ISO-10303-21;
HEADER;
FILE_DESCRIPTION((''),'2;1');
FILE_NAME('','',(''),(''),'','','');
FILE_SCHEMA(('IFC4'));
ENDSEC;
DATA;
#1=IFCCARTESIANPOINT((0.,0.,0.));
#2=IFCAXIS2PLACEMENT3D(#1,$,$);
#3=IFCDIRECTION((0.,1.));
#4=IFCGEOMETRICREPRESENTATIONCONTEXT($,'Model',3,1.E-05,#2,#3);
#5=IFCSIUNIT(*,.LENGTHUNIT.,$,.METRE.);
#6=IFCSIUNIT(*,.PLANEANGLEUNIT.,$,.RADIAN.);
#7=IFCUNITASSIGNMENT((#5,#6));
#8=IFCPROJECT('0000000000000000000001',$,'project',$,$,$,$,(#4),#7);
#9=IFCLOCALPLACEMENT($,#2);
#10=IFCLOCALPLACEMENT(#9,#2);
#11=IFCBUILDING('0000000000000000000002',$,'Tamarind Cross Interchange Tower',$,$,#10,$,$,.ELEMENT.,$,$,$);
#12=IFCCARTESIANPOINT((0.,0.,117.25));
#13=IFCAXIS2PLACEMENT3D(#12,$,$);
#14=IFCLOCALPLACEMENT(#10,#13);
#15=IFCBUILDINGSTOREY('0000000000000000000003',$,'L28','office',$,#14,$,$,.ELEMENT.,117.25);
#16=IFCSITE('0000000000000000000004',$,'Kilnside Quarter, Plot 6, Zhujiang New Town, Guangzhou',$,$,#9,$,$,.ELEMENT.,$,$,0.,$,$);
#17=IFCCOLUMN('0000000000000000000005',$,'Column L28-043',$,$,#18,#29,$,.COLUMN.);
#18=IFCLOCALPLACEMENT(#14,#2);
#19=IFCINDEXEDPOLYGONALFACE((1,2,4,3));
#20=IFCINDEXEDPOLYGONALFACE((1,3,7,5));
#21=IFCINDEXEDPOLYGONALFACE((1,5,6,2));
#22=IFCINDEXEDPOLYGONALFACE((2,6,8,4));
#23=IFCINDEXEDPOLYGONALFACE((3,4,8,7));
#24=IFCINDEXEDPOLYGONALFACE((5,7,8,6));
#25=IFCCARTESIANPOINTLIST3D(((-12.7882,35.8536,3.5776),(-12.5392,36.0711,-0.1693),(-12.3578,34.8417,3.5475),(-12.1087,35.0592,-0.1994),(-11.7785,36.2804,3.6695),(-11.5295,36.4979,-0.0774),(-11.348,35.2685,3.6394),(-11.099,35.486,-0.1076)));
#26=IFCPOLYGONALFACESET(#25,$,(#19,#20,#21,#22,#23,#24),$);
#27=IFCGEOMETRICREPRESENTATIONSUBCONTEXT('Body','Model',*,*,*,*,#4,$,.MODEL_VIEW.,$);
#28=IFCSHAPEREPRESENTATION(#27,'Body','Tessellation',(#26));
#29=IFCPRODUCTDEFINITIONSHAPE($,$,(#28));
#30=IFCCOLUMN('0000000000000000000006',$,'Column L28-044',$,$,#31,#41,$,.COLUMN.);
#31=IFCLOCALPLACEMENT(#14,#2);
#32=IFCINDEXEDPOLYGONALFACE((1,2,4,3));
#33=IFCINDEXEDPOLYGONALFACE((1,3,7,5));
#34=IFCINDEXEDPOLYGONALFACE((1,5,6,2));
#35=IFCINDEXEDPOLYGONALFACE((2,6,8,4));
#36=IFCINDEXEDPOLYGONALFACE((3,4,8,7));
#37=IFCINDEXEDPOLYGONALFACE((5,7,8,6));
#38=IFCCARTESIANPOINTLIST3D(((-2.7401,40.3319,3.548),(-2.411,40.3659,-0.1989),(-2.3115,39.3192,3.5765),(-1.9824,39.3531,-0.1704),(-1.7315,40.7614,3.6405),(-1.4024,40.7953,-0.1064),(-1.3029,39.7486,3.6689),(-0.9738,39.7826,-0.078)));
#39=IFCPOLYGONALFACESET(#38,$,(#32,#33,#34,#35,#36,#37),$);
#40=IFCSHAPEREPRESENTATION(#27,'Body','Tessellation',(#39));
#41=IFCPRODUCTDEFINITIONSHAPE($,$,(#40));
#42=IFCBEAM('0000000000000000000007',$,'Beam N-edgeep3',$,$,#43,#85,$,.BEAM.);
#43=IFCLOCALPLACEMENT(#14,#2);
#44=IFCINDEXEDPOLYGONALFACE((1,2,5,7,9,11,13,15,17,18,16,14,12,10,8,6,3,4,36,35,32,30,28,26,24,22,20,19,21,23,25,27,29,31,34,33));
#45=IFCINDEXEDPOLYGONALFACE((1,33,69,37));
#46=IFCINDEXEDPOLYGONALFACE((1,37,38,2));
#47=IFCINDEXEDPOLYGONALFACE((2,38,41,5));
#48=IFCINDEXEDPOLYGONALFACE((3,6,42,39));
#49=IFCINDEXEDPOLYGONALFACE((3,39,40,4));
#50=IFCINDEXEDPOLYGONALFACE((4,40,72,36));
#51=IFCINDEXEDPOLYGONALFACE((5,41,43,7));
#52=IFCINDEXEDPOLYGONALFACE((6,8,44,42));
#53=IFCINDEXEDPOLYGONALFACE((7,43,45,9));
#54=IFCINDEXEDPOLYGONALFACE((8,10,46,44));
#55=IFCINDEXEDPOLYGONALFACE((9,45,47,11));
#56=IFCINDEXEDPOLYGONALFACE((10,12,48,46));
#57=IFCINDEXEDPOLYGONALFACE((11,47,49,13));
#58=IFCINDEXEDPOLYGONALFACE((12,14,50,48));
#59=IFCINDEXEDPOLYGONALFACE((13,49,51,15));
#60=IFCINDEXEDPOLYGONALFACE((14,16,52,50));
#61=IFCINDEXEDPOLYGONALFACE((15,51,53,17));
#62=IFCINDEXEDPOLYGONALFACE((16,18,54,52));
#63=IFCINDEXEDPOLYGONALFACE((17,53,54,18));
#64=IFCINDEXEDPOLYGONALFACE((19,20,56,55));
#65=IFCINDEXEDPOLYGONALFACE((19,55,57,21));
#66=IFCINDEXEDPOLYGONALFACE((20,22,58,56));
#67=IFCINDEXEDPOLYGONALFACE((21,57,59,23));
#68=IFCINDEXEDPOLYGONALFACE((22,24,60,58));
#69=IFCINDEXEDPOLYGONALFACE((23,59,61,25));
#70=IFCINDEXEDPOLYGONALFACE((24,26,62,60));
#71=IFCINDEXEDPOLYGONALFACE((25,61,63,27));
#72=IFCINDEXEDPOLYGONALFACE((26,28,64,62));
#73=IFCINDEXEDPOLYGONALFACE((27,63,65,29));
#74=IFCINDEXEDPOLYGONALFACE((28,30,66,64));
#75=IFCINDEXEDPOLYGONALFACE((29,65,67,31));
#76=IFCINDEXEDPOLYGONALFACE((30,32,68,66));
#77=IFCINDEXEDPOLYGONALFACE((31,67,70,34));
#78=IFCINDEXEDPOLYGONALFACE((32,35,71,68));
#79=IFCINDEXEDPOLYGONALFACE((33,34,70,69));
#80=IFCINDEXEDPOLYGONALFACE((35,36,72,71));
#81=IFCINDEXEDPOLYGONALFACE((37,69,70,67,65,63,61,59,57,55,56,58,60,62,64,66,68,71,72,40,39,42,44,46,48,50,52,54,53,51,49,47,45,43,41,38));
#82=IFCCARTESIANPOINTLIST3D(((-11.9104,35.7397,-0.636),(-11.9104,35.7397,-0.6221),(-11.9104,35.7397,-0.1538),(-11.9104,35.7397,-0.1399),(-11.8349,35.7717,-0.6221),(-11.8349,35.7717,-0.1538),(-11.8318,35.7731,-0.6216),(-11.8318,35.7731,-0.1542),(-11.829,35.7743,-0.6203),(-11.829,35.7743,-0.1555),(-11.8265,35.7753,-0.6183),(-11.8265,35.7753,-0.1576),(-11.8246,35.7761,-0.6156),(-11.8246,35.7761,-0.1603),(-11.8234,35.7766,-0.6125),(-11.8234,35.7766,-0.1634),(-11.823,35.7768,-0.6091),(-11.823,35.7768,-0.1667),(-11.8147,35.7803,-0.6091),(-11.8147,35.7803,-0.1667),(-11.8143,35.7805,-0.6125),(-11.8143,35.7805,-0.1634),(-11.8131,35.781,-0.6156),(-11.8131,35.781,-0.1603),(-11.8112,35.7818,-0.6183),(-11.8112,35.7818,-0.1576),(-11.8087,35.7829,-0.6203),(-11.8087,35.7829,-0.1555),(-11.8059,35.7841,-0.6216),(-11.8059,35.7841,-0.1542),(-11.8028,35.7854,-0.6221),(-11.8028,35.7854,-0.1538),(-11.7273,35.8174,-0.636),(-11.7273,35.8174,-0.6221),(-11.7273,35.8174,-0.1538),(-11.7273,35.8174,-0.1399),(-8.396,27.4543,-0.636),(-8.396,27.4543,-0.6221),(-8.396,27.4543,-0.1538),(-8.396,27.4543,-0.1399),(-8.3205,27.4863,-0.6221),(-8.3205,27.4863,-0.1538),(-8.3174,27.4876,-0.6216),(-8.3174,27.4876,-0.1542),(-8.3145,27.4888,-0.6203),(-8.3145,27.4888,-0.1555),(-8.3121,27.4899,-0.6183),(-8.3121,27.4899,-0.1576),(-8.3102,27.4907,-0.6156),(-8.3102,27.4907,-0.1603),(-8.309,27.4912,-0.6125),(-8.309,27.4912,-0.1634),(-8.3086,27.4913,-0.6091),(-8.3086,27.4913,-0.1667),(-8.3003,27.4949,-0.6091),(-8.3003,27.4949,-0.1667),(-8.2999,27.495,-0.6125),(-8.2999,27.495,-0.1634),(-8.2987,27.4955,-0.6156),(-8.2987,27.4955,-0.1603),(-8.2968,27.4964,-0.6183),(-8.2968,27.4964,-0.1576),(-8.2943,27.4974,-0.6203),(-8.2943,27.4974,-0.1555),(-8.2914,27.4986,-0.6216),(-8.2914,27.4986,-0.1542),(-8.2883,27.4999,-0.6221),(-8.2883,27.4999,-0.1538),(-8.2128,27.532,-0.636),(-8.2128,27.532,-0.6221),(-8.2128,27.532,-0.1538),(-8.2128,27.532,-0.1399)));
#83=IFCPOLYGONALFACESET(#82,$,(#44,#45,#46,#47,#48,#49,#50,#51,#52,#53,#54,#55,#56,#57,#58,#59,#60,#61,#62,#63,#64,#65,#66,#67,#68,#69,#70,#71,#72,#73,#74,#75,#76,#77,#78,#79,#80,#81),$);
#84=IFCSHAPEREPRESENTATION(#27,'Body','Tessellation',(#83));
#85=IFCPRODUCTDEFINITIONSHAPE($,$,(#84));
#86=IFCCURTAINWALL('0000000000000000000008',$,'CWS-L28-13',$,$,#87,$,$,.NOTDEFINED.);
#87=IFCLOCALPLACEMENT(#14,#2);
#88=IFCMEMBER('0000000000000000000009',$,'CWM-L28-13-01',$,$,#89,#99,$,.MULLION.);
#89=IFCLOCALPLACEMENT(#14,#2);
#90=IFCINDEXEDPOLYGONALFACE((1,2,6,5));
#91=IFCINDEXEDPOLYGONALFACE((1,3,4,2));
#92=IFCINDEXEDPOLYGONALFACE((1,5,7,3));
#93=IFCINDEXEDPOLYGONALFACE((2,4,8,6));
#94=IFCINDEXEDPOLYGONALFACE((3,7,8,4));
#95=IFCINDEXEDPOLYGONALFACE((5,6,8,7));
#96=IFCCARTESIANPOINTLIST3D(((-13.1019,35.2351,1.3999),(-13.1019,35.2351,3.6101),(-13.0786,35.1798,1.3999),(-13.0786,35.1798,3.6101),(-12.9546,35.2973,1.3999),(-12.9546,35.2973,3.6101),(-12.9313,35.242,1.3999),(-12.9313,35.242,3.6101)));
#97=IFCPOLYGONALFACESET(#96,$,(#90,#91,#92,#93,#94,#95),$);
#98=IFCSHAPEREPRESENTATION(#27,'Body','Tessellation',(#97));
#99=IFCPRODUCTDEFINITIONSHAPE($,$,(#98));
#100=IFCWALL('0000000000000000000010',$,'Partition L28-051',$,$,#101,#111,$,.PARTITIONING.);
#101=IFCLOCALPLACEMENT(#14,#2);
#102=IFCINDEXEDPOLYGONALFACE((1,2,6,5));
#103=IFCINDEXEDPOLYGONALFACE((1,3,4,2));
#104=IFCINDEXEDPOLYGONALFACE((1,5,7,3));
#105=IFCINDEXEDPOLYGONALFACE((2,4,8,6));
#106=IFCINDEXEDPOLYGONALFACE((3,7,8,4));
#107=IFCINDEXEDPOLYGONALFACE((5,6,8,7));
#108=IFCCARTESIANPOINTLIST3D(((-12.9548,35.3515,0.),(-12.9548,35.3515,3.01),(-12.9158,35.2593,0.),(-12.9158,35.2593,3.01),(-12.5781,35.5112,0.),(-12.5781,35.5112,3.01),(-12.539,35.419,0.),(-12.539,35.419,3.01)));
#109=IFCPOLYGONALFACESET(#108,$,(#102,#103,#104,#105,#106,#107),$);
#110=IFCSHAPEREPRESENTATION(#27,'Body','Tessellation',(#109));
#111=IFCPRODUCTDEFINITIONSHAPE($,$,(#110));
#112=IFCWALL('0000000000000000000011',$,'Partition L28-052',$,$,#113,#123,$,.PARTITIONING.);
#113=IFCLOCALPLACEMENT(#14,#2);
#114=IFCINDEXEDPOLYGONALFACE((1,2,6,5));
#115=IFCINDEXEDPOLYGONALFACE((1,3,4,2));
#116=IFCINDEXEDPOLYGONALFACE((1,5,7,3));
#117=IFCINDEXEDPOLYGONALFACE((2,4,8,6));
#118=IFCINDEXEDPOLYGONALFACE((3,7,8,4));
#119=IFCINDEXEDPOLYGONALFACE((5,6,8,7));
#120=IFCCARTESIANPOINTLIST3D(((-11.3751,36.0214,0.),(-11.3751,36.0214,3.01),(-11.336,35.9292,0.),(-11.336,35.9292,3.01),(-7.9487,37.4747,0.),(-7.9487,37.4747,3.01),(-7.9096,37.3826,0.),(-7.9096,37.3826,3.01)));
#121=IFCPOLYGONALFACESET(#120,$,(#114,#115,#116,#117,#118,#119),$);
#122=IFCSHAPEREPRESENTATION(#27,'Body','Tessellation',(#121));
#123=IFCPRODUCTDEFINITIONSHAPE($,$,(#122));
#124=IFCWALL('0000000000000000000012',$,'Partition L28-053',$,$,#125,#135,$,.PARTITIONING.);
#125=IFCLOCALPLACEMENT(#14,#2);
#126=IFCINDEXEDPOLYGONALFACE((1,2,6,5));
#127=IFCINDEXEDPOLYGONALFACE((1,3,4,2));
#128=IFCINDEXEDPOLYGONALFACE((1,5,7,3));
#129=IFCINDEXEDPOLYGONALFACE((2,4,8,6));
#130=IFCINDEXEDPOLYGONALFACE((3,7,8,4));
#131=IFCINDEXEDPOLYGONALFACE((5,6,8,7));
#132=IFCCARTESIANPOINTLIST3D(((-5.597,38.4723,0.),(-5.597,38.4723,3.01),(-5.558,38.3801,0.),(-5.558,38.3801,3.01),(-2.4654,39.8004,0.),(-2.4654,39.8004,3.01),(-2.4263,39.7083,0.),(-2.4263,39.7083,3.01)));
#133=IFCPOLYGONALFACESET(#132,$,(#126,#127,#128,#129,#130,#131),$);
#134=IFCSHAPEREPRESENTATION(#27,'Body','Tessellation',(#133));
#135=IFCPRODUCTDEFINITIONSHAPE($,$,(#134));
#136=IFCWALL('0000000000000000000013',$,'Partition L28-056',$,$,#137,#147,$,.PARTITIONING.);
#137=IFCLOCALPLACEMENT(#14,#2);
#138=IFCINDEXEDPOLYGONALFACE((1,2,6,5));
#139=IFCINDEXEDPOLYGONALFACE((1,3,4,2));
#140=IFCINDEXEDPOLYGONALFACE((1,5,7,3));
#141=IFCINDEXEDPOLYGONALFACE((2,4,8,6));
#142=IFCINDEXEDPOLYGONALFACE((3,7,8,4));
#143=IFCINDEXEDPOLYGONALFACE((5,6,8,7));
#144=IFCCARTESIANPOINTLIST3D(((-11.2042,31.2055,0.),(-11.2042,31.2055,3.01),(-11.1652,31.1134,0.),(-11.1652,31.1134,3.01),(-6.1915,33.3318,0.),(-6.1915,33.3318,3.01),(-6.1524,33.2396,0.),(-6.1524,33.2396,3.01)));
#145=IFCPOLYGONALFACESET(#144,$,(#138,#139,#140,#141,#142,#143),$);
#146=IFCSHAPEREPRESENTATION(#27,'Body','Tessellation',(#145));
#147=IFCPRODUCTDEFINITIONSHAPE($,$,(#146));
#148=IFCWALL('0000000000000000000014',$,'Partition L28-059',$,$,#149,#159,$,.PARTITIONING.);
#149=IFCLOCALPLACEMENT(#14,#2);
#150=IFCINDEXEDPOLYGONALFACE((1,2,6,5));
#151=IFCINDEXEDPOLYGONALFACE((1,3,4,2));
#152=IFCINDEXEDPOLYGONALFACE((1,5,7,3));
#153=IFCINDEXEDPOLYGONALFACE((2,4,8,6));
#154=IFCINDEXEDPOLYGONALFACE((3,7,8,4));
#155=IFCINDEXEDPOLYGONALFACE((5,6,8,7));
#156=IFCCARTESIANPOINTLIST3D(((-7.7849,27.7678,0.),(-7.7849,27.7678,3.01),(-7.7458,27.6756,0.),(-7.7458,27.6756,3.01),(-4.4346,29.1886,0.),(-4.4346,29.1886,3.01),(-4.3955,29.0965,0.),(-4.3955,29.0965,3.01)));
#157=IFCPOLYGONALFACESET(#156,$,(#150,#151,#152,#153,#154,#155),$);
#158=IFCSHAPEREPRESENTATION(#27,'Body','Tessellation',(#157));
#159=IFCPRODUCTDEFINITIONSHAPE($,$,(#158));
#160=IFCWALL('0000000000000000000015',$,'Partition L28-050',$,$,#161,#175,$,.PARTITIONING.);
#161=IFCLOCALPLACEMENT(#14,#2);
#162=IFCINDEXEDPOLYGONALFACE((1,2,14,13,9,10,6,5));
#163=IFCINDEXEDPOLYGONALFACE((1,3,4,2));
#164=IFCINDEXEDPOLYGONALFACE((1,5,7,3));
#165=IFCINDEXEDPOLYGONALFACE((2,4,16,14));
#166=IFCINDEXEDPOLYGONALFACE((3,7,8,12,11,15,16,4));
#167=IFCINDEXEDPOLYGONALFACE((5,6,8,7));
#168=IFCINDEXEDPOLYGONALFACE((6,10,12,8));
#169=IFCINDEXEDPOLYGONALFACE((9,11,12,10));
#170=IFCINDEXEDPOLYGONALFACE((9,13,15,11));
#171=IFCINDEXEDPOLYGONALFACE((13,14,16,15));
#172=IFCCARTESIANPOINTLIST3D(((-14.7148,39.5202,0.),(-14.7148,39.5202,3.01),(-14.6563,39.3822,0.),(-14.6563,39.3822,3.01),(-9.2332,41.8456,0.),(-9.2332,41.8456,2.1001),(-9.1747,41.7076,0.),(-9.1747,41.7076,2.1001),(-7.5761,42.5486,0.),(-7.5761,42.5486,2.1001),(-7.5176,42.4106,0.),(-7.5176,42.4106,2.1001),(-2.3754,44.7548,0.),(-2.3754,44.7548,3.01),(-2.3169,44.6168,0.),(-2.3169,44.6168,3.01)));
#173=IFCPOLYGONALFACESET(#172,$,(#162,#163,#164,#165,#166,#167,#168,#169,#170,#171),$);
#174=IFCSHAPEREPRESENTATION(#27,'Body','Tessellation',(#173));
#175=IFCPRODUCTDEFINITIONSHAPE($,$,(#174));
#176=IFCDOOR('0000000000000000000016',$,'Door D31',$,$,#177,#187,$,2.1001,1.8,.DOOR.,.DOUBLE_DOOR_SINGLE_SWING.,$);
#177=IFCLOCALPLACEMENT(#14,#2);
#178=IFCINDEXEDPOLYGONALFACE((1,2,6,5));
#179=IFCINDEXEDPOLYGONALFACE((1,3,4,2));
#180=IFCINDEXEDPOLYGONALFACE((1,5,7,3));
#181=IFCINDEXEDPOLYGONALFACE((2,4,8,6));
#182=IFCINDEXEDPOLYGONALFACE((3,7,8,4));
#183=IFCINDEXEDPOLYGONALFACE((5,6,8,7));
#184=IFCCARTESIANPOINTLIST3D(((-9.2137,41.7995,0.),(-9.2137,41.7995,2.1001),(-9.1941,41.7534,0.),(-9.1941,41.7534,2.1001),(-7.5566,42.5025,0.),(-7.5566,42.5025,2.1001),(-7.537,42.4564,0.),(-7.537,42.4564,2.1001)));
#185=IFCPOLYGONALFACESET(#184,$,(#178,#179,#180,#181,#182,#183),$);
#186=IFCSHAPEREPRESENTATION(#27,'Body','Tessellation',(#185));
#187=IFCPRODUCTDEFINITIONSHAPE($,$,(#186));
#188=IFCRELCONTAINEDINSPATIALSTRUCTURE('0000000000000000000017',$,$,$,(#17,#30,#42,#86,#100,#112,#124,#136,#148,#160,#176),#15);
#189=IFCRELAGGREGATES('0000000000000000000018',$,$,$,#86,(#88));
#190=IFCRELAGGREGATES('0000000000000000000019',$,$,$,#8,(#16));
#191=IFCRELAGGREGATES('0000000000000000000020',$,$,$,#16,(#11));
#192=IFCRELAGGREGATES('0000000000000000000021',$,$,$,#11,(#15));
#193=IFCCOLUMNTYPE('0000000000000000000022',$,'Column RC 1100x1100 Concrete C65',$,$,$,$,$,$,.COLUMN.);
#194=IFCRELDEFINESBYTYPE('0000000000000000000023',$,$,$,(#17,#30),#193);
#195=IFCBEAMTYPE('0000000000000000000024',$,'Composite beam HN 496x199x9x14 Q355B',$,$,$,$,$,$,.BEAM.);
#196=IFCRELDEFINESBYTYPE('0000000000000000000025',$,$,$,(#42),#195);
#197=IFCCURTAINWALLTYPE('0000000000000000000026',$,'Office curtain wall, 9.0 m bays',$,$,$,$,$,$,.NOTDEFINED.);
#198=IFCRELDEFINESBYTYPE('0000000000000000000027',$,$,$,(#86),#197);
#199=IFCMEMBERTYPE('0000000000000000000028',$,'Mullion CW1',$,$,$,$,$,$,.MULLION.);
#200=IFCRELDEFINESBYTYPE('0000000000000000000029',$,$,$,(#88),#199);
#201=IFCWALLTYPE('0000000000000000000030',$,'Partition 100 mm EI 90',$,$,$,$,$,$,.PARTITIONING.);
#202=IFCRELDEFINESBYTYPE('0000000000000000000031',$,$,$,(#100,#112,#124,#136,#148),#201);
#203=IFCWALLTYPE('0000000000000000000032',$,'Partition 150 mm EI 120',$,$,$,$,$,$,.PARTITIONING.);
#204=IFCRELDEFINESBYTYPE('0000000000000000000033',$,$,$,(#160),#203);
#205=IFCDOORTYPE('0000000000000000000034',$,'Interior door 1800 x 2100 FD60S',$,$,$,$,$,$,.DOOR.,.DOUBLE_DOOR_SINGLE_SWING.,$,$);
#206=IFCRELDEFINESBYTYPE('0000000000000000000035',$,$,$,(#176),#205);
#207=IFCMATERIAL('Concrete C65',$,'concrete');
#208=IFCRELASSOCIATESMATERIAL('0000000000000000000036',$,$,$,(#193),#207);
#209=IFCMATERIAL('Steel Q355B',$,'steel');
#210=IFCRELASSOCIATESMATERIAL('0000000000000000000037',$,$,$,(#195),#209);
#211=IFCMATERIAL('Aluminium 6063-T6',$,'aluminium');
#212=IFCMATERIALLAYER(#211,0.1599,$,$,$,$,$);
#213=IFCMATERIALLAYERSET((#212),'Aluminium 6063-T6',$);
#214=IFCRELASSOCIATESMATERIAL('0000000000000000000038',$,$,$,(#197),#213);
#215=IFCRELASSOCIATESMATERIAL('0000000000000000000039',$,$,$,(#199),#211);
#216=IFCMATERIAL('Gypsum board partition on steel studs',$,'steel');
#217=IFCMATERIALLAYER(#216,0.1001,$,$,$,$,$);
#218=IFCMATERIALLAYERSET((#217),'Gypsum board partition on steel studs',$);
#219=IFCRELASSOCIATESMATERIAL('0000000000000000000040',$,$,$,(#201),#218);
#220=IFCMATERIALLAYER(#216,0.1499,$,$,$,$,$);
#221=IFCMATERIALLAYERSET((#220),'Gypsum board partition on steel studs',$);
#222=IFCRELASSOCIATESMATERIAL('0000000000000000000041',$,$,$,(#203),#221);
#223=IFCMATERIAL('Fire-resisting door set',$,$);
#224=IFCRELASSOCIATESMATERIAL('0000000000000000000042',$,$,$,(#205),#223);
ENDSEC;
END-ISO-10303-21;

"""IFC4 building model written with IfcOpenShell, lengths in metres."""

from ifc_helpers import new_model, si_unit, direction, frame, frame_2d, origin, origin_2d, place, context, subcontext, project, spatial, rectangle, i_section, extrude, material, layer, layer_set, material_profile, profile_set, type_object, element, fill, aggregate, save


model = new_model("IFC4")

# Units and contexts
model_context = context("Model", 3, precision=1e-05, world=origin(), true_north=direction((0.0, 1.0)))
body_context = subcontext(model_context, "Body", "Model", "MODEL_VIEW")
ifc_project = project(units=[si_unit("LENGTHUNIT", "METRE"), si_unit("PLANEANGLEUNIT", "RADIAN")], contexts=[model_context])

# Site, building, storey
site_placement = place(None, origin())
site = spatial("IfcSite", under=ifc_project, at=site_placement, Name="Kilnside Quarter, Plot 6, Zhujiang New Town, Guangzhou", CompositionType="ELEMENT", RefElevation=0.0)
building_placement = place(site_placement, origin())
building = spatial("IfcBuilding", under=site, at=building_placement, Name="Tamarind Cross Interchange Tower", CompositionType="ELEMENT")
storey_placement = place(building_placement, frame((0.0, 0.0, 117.25)))
storey = spatial("IfcBuildingStorey", under=building, at=storey_placement, Name="L28", Description="office", CompositionType="ELEMENT", Elevation=117.25)

# Columns
ifc_material_1 = material(Name="Concrete C65", Category="concrete")
ifc_material_profile_1 = material_profile(ifc_material_1, rectangle(XDim=1.1001, YDim=1.1001, at=origin_2d()), Name="RC 1100x1100")
ifc_profile_set_1 = profile_set([ifc_material_profile_1], Name="Concrete C65")
column_type = type_object("IfcColumnType", Name="Column RC 1100x1100 Concrete C65", PredefinedType="COLUMN", material=ifc_profile_set_1)
for number, where, z_axis, x_axis, name in (
    (1, (-11.8191, 35.7786, -0.1384), (-0.066205, -0.057832, 0.996129), (0.917875, 0.387979, 0.083529), "Column L28-043"),
    (2, (-1.6924, 40.0742, -0.1384), (-0.087494, -0.009022, 0.996124), (0.389618, -0.920613, 0.025884), "Column L28-044"),
):
    element("IfcColumn", number, at=place(storey_placement, frame(where, z_axis=z_axis, x_axis=x_axis)), inside=storey, type_object=column_type, Name=name, PredefinedType="COLUMN", context=body_context, shape_type="SweptSolid", body=[
        extrude(rectangle(XDim=1.1001, YDim=1.1001, at=origin_2d()), origin(), (0.0, 0.0, 1.0), 3.7615),
    ])

# Beam
ifc_material_2 = material(Name="Steel Q355B", Category="steel")
ifc_material_profile_2 = material_profile(ifc_material_2, i_section(OverallWidth=0.199, OverallDepth=0.4961, WebThickness=0.009, FlangeThickness=0.0139, FilletRadius=0.0129, at=origin_2d()), Name="HN 496x199x9x14")
ifc_profile_set_2 = profile_set([ifc_material_profile_2], Name="Steel Q355B")
beam_type = type_object("IfcBeamType", Name="Composite beam HN 496x199x9x14 Q355B", PredefinedType="BEAM", material=ifc_profile_set_2)
beam_placement = place(storey_placement, frame((-11.8188, 35.7786, -0.3879), z_axis=(0.390492, -0.920606, 0.0), x_axis=(0.920606, 0.390492, 0.0)))
element("IfcBeam", 3, at=beam_placement, inside=storey, type_object=beam_type, Name="Beam N-edgeep3", PredefinedType="BEAM", context=body_context, shape_type="SweptSolid", body=[
    extrude(i_section(OverallWidth=0.199, OverallDepth=0.4961, WebThickness=0.009, FlangeThickness=0.0139, FilletRadius=0.0129, at=origin_2d()), origin(), (0.0, 0.0, 1.0), 9.0),
])

# Curtain wall, member
ifc_material_3 = material(Name="Aluminium 6063-T6", Category="aluminium")
ifc_layer_1 = layer(ifc_material_3, 0.1599)
ifc_layer_set_1 = layer_set([ifc_layer_1], Name="Aluminium 6063-T6")
curtain_wall_type = type_object("IfcCurtainWallType", Name="Office curtain wall, 9.0 m bays", PredefinedType="NOTDEFINED", material=ifc_layer_set_1)
curtain_wall_placement = place(storey_placement, origin())
curtain_wall = element("IfcCurtainWall", 4, at=curtain_wall_placement, inside=storey, type_object=curtain_wall_type, Name="CWS-L28-13", PredefinedType="NOTDEFINED")
ifc_material_profile_3 = material_profile(ifc_material_3, rectangle(XDim=0.0601, YDim=0.1599, at=origin_2d()), Name="Mullion CW1")
ifc_profile_set_3 = profile_set([ifc_material_profile_3], Name="Aluminium 6063-T6")
member_type = type_object("IfcMemberType", Name="Mullion CW1", PredefinedType="MULLION", material=ifc_profile_set_3)
member_placement = place(storey_placement, frame((-13.0166, 35.2385, 1.3999), z_axis=(0.0, 0.0, 1.0), x_axis=(0.388939, -0.921264, 0.0)))
member = element("IfcMember", 5, at=member_placement, type_object=member_type, Name="CWM-L28-13-01", PredefinedType="MULLION", context=body_context, shape_type="SweptSolid", body=[
    extrude(rectangle(XDim=0.0601, YDim=0.1599, at=origin_2d()), origin(), (0.0, 0.0, 1.0), 2.2102),
])
aggregate(curtain_wall, [member])

# Walls
ifc_material_4 = material(Name="Gypsum board partition on steel studs", Category="steel")
ifc_layer_2 = layer(ifc_material_4, 0.1001)
ifc_layer_set_2 = layer_set([ifc_layer_2], Name="Gypsum board partition on steel studs")
wall_type_1 = type_object("IfcWallType", Name="Partition 100 mm EI 90", PredefinedType="PARTITIONING", material=ifc_layer_set_2)
wall_1_placement = place(storey_placement, frame((-12.9353, 35.3054, 0.0), z_axis=(0.0, 0.0, 1.0), x_axis=(0.920712, 0.390243, 0.0)))
element("IfcWall", 6, at=wall_1_placement, inside=storey, type_object=wall_type_1, Name="Partition L28-051", PredefinedType="PARTITIONING", context=body_context, shape_type="SweptSolid", body=[
    extrude(rectangle(XDim=0.4092, YDim=0.1001, at=frame_2d((0.2046, 0.0))), origin(), (0.0, 0.0, 1.0), 3.01),
])
wall_2_placement = place(storey_placement, frame((-11.3555, 35.9753, 0.0), z_axis=(0.0, 0.0, 1.0), x_axis=(0.920611, 0.390481, 0.0)))
element("IfcWall", 7, at=wall_2_placement, inside=storey, type_object=wall_type_1, Name="Partition L28-052", PredefinedType="PARTITIONING", context=body_context, shape_type="SweptSolid", body=[
    extrude(rectangle(XDim=3.7219, YDim=0.1001, at=frame_2d((1.8608, 0.0))), origin(), (0.0, 0.0, 1.0), 3.01),
])
wall_3_placement = place(storey_placement, frame((-5.5774, 38.4263, 0.0), z_axis=(0.0, 0.0, 1.0), x_axis=(0.920627, 0.390443, 0.0)))
element("IfcWall", 8, at=wall_3_placement, inside=storey, type_object=wall_type_1, Name="Partition L28-053", PredefinedType="PARTITIONING", context=body_context, shape_type="SweptSolid", body=[
    extrude(rectangle(XDim=3.4016, YDim=0.1001, at=frame_2d((1.7007, 0.0))), origin(), (0.0, 0.0, 1.0), 3.01),
])
wall_4_placement = place(storey_placement, frame((-11.1848, 31.1594, 0.0), z_axis=(0.0, 0.0, 1.0), x_axis=(0.920607, 0.390491, 0.0)))
element("IfcWall", 9, at=wall_4_placement, inside=storey, type_object=wall_type_1, Name="Partition L28-056", PredefinedType="PARTITIONING", context=body_context, shape_type="SweptSolid", body=[
    extrude(rectangle(XDim=5.4451, YDim=0.1001, at=frame_2d((2.7227, 0.0))), origin(), (0.0, 0.0, 1.0), 3.01),
])
wall_5_placement = place(storey_placement, frame((-7.7654, 27.7217, 0.0), z_axis=(0.0, 0.0, 1.0), x_axis=(0.920627, 0.390443, 0.0)))
element("IfcWall", 10, at=wall_5_placement, inside=storey, type_object=wall_type_1, Name="Partition L28-059", PredefinedType="PARTITIONING", context=body_context, shape_type="SweptSolid", body=[
    extrude(rectangle(XDim=3.6392, YDim=0.1001, at=frame_2d((1.8196, 0.0))), origin(), (0.0, 0.0, 1.0), 3.01),
])

# Wall, opening, door
ifc_layer_3 = layer(ifc_material_4, 0.1499)
ifc_layer_set_3 = layer_set([ifc_layer_3], Name="Gypsum board partition on steel studs")
wall_type_2 = type_object("IfcWallType", Name="Partition 150 mm EI 120", PredefinedType="PARTITIONING", material=ifc_layer_set_3)
wall_6_placement = place(storey_placement, frame((-14.6855, 39.4512, 0.0), z_axis=(0.0, 0.0, 1.0), x_axis=(0.920589, 0.390533, 0.0)))
wall_6 = element("IfcWall", 11, at=wall_6_placement, inside=storey, type_object=wall_type_2, Name="Partition L28-050", PredefinedType="PARTITIONING", context=body_context, shape_type="SweptSolid", body=[
    extrude(rectangle(XDim=13.4038, YDim=0.1499, at=frame_2d((6.7019, 0.0))), origin(), (0.0, 0.0, 1.0), 3.01),
])
opening_placement = place(wall_6_placement, frame((5.9546, 0.0, 0.0)))
opening = element("IfcOpeningElement", 12, at=opening_placement, cuts=wall_6, PredefinedType="OPENING", context=body_context, shape_type="SweptSolid", body=[
    extrude(rectangle(XDim=1.8, YDim=2.1001, at=frame_2d((0.8999, 1.05))), frame((0.0, 0.085, 0.0), z_axis=(0.0, -1.0, 0.0), x_axis=(1.0, 0.0, 0.0)), (0.0, 0.0, 1.0), 0.1699),
])
ifc_material_5 = material(Name="Fire-resisting door set")
door_type = type_object("IfcDoorType", Name="Interior door 1800 x 2100 FD60S", OperationType="DOUBLE_DOOR_SINGLE_SWING", PredefinedType="DOOR", material=ifc_material_5)
door_placement = place(opening_placement, origin())
door = element("IfcDoor", 13, at=door_placement, inside=storey, type_object=door_type, Name="Door D31", OperationType="DOUBLE_DOOR_SINGLE_SWING", OverallHeight=2.1001, OverallWidth=1.8, PredefinedType="DOOR", context=body_context, shape_type="SweptSolid", body=[
    extrude(rectangle(XDim=1.8, YDim=2.1001, at=frame_2d((0.8999, 1.05))), frame((0.0, 0.0249, 0.0), z_axis=(0.0, -1.0, 0.0), x_axis=(1.0, 0.0, 0.0)), (0.0, 0.0, 1.0), 0.05),
])
fill(opening, door)

save(model, "model.ifc")
